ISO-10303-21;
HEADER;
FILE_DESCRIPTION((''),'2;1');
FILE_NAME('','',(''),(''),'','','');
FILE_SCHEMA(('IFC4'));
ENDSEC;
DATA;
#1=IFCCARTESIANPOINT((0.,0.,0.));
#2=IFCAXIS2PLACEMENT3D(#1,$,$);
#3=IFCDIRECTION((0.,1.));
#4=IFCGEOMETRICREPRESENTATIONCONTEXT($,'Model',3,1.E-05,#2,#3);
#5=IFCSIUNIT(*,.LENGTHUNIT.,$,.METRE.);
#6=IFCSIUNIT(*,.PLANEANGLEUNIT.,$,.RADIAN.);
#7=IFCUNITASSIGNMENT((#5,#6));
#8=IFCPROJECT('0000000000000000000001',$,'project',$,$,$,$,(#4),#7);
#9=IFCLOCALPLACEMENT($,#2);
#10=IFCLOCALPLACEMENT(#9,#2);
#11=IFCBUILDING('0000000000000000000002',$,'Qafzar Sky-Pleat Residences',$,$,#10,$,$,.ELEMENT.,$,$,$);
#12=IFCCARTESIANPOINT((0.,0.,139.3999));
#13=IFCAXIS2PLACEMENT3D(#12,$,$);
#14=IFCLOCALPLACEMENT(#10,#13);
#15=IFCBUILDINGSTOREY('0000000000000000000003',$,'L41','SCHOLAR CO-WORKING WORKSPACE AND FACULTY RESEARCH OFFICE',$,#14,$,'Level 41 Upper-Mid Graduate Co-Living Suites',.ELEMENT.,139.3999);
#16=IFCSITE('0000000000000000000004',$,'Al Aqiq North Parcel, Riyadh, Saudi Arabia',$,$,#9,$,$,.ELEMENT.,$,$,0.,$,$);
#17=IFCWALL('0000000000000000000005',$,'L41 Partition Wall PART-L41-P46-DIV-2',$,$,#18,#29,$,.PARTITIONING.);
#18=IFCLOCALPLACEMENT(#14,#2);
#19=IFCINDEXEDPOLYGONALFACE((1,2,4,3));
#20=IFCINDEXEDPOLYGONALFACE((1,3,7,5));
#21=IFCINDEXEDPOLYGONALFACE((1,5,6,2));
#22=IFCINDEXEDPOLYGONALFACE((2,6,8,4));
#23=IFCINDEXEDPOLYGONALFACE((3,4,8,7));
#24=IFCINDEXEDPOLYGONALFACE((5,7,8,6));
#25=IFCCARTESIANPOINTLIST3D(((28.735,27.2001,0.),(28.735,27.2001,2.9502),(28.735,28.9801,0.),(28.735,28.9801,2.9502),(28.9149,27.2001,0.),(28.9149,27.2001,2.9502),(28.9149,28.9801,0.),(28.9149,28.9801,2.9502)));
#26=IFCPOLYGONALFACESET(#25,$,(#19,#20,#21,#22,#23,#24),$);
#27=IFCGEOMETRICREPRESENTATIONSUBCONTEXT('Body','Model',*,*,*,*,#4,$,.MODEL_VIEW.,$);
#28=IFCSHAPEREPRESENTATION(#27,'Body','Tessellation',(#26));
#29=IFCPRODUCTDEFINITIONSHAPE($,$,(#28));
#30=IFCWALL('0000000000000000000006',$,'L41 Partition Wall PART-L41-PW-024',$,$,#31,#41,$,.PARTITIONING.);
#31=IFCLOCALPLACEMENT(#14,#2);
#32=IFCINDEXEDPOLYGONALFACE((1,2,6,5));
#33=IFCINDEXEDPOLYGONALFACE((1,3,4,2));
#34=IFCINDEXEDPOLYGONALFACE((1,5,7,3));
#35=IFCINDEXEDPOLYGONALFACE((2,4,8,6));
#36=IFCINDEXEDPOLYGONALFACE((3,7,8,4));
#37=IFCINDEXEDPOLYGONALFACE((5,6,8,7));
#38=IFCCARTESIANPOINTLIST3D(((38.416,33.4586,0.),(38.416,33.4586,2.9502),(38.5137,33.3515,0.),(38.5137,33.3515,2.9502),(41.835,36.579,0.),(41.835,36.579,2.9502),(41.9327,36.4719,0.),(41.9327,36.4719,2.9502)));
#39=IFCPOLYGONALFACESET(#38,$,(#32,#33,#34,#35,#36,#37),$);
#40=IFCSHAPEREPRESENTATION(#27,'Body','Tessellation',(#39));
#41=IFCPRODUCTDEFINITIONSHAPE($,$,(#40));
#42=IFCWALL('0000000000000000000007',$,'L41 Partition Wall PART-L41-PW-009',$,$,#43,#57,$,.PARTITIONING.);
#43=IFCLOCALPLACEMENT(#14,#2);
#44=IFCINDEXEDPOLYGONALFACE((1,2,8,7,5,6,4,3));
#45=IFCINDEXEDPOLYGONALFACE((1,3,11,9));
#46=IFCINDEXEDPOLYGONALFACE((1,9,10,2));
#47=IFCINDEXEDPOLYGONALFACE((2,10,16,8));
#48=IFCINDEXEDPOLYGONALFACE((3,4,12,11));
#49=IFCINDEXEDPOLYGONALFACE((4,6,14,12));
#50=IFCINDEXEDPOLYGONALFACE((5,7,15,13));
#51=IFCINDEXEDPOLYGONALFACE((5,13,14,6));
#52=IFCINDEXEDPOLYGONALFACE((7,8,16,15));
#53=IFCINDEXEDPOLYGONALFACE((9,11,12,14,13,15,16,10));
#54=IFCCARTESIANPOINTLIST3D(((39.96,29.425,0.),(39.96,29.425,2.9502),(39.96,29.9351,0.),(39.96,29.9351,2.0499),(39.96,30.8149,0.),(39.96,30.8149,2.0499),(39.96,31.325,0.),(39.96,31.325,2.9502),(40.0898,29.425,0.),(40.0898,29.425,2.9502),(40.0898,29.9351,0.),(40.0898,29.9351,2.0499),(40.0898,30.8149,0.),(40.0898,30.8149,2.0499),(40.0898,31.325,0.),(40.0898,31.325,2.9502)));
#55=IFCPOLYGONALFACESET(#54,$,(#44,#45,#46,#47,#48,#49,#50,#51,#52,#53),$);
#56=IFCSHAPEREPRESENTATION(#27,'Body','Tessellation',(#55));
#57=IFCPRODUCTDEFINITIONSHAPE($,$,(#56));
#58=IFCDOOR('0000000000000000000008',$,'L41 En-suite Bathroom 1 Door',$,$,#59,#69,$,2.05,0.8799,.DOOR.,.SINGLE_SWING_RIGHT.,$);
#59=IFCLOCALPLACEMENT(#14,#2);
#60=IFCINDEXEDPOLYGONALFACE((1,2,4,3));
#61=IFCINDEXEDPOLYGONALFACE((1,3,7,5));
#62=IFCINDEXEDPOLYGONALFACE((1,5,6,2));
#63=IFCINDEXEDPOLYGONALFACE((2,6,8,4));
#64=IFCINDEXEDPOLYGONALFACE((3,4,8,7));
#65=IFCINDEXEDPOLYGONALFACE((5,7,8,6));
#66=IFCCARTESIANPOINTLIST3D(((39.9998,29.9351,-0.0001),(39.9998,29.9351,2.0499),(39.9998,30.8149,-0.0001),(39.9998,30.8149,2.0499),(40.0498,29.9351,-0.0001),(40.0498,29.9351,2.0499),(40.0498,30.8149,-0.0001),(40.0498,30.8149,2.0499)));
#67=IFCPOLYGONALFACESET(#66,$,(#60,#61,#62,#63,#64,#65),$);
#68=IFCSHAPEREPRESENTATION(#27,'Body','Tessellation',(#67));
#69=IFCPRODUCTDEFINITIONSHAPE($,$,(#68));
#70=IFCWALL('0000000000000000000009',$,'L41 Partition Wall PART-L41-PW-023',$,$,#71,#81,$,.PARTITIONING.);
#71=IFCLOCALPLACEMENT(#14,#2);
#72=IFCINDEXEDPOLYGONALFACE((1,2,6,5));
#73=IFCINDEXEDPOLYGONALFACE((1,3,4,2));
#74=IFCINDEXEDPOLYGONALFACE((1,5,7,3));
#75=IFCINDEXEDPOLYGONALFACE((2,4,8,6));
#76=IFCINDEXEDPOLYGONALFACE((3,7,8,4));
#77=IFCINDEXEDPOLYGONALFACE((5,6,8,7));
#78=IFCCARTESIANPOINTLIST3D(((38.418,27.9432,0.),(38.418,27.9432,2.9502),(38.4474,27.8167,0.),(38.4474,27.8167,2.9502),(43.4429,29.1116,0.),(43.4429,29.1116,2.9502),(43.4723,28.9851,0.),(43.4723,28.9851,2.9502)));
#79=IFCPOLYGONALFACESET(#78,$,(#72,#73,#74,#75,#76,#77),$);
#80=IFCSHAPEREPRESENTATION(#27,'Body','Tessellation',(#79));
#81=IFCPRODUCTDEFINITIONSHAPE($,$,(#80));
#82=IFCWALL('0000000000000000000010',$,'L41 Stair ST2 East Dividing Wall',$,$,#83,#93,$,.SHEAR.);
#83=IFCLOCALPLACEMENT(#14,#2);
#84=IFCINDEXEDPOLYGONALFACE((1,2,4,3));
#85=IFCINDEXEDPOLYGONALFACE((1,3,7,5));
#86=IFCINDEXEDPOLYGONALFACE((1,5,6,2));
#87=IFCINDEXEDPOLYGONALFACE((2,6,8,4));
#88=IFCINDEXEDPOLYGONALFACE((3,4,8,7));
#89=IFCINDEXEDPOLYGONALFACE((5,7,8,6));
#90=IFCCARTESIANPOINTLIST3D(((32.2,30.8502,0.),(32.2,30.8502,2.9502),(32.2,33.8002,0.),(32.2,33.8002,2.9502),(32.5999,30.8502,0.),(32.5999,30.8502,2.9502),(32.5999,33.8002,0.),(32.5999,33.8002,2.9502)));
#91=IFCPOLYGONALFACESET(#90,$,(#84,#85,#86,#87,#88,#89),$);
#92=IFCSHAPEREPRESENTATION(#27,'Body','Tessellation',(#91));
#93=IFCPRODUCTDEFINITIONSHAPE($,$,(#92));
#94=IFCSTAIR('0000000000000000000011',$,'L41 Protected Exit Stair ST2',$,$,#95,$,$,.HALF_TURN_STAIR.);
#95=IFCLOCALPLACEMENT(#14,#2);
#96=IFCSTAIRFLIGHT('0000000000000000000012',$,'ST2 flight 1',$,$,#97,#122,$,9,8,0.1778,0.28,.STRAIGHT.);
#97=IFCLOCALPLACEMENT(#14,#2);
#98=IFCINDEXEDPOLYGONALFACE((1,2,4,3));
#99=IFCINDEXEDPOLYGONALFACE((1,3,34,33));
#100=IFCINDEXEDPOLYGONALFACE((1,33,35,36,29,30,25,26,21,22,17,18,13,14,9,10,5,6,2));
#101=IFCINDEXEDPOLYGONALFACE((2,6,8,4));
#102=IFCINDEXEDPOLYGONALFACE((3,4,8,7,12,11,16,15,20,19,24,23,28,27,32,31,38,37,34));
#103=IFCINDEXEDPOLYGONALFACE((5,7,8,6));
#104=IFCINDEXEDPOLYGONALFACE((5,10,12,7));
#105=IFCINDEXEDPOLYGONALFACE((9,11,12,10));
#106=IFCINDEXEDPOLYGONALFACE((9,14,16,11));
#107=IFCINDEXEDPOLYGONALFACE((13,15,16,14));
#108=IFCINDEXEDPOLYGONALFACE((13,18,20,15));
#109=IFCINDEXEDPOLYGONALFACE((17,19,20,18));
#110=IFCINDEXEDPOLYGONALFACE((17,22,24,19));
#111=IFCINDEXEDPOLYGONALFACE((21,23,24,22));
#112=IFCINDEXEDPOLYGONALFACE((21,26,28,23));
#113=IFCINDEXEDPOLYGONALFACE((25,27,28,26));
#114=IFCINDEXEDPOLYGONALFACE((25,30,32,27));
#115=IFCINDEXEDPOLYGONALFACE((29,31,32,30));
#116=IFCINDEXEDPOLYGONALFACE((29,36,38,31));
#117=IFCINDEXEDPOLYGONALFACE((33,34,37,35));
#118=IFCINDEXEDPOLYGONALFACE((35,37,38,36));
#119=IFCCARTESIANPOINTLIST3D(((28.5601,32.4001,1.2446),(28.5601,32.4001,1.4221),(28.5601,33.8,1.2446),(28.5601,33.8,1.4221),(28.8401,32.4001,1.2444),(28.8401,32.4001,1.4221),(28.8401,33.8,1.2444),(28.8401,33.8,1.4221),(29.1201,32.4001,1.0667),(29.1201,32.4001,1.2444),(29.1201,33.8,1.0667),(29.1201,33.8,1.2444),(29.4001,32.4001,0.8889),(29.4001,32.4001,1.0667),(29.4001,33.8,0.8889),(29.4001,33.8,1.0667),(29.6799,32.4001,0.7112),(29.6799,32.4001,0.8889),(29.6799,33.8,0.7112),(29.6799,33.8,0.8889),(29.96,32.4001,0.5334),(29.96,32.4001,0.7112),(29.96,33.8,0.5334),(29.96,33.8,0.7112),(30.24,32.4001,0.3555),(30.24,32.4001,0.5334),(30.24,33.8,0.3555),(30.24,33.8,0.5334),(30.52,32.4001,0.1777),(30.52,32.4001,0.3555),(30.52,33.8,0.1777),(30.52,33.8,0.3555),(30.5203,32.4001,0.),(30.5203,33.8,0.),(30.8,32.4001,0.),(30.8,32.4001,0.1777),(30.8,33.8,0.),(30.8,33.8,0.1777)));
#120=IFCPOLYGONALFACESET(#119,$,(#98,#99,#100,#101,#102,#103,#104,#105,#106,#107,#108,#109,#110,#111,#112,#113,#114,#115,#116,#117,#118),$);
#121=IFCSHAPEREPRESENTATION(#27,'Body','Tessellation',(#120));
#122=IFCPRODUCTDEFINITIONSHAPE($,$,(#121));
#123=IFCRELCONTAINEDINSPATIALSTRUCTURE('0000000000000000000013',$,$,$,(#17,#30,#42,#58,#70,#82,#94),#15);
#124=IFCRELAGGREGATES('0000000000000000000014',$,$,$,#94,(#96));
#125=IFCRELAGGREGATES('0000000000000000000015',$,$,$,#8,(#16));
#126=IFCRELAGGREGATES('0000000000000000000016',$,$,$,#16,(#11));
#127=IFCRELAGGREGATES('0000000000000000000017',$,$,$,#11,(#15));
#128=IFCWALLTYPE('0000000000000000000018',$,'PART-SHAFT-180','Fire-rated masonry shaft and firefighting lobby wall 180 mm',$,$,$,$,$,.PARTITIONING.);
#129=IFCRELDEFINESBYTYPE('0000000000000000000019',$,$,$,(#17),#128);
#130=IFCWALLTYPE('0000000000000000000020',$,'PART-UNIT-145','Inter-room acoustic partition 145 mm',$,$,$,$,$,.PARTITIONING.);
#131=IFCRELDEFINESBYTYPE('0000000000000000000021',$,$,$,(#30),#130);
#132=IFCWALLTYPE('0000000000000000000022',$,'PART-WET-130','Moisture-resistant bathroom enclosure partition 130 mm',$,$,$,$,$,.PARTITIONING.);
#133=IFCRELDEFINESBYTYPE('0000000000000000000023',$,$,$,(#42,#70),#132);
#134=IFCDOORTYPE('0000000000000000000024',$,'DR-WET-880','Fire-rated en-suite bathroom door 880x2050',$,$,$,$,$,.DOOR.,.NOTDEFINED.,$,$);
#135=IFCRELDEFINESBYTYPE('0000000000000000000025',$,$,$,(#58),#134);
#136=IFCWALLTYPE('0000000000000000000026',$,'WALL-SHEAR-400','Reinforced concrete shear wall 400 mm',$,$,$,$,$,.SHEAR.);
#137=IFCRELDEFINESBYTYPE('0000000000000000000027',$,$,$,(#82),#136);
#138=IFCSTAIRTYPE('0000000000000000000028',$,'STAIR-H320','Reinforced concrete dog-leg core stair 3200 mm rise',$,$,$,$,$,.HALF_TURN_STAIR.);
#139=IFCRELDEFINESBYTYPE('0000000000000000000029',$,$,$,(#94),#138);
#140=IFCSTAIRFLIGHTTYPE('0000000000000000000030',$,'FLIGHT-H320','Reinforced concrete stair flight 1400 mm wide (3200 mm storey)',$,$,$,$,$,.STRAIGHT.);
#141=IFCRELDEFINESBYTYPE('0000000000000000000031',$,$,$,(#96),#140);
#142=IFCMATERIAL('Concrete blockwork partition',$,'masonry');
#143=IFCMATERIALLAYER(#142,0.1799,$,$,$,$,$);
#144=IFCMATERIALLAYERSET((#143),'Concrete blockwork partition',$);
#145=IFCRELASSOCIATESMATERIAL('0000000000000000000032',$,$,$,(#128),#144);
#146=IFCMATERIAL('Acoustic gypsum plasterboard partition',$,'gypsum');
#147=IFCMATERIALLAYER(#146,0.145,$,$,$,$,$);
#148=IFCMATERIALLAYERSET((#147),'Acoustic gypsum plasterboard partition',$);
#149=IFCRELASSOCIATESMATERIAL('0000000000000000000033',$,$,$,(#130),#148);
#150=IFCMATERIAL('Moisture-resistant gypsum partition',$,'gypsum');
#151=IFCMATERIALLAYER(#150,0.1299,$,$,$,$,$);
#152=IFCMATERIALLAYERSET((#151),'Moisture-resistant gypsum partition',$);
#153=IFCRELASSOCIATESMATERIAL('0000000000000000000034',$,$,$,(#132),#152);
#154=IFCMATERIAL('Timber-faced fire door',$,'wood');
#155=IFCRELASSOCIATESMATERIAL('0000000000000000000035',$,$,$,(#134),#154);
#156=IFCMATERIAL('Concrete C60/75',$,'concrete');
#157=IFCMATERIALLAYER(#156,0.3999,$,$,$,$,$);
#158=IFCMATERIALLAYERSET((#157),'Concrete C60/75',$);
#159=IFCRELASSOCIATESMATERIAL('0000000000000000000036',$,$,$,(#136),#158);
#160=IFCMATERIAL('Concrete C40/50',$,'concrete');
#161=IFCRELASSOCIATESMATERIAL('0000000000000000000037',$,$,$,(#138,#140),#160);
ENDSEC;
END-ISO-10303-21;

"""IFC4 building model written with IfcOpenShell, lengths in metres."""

from ifc_helpers import new_model, si_unit, direction, frame, frame_2d, origin, place, context, subcontext, project, spatial, polyline, rectangle, outline, extrude, source, transform, mapped, material, layer, layer_set, type_object, element, fill, aggregate, save


model = new_model("IFC4")

# Units and contexts
model_context = context("Model", 3, precision=1e-05, world=origin(), true_north=direction((0.0, 1.0)))
body_context = subcontext(model_context, "Body", "Model", "MODEL_VIEW")
ifc_project = project(units=[si_unit("LENGTHUNIT", "METRE"), si_unit("PLANEANGLEUNIT", "RADIAN")], contexts=[model_context])

# Site, building, storey
site_placement = place(None, origin())
site = spatial("IfcSite", under=ifc_project, at=site_placement, Name="Al Aqiq North Parcel, Riyadh, Saudi Arabia", CompositionType="ELEMENT", RefElevation=0.0)
building_placement = place(site_placement, origin())
building = spatial("IfcBuilding", under=site, at=building_placement, Name="Qafzar Sky-Pleat Residences", CompositionType="ELEMENT")
storey_placement = place(building_placement, frame((0.0, 0.0, 139.3999)))
storey = spatial("IfcBuildingStorey", under=building, at=storey_placement, Name="L41", Description="SCHOLAR CO-WORKING WORKSPACE AND FACULTY RESEARCH OFFICE", LongName="Level 41 Upper-Mid Graduate Co-Living Suites", CompositionType="ELEMENT", Elevation=139.3999)

# Shared definitions
ifc_material_1 = material(Name="Acoustic gypsum plasterboard partition", Category="gypsum")
ifc_material_2 = material(Name="Timber-faced fire door", Category="wood")

# Shared definitions
ifc_material_3 = material(Name="Concrete blockwork partition", Category="masonry")
ifc_layer_1 = layer(ifc_material_3, 0.1799)
ifc_layer_set_1 = layer_set([ifc_layer_1], Name="Concrete blockwork partition")
wall_type_1 = type_object("IfcWallType", Name="PART-SHAFT-180", Description="Fire-rated masonry shaft and firefighting lobby wall 180 mm", PredefinedType="PARTITIONING", material=ifc_layer_set_1)

# Walls
wall_1_placement = place(storey_placement, frame((28.825, 27.2, 0.0), z_axis=(0.0, 0.0, 1.0), x_axis=(0.0, 1.0, 0.0)))
element("IfcWall", 1, at=wall_1_placement, inside=storey, type_object=wall_type_1, Name="L41 Partition Wall PART-L41-P46-DIV-2", PredefinedType="PARTITIONING", context=body_context, shape_type="SweptSolid", body=[
    extrude(rectangle(XDim=1.78, YDim=0.1799, at=frame_2d((0.8901, 0.0))), origin(), (0.0, 0.0, 1.0), 2.9502),
])
ifc_layer_2 = layer(ifc_material_1, 0.145)
ifc_layer_set_2 = layer_set([ifc_layer_2], Name="Acoustic gypsum plasterboard partition")
wall_type_2 = type_object("IfcWallType", Name="PART-UNIT-145", Description="Inter-room acoustic partition 145 mm", PredefinedType="PARTITIONING", material=ifc_layer_set_2)
wall_2_placement = place(storey_placement, frame((38.4648, 33.405, 0.0), z_axis=(0.0, 0.0, 1.0), x_axis=(0.738624, 0.674118, 0.0)))
element("IfcWall", 2, at=wall_2_placement, inside=storey, type_object=wall_type_2, Name="L41 Partition Wall PART-L41-PW-024", PredefinedType="PARTITIONING", context=body_context, shape_type="SweptSolid", body=[
    extrude(rectangle(XDim=4.6289, YDim=0.145, at=frame_2d((2.3145, 0.0))), origin(), (0.0, 0.0, 1.0), 2.9502),
])

# Wall, opening, door
ifc_material_4 = material(Name="Moisture-resistant gypsum partition", Category="gypsum")
ifc_layer_3 = layer(ifc_material_4, 0.1299)
ifc_layer_set_3 = layer_set([ifc_layer_3], Name="Moisture-resistant gypsum partition")
wall_type_3 = type_object("IfcWallType", Name="PART-WET-130", Description="Moisture-resistant bathroom enclosure partition 130 mm", PredefinedType="PARTITIONING", material=ifc_layer_set_3)
wall_3_placement = place(storey_placement, frame((40.0249, 31.325, 0.0), z_axis=(0.0, 0.0, 1.0), x_axis=(0.0, -1.0, 0.0)))
wall_3 = element("IfcWall", 3, at=wall_3_placement, inside=storey, type_object=wall_type_3, Name="L41 Partition Wall PART-L41-PW-009", PredefinedType="PARTITIONING", context=body_context, shape_type="SweptSolid", body=[
    extrude(rectangle(XDim=1.8999, YDim=0.1299, at=frame_2d((0.95, 0.0))), origin(), (0.0, 0.0, 1.0), 2.9502),
])
opening_1_placement = place(wall_3_placement, frame((0.51, 0.0, 0.0)))
opening_1 = element("IfcOpeningElement", 4, at=opening_1_placement, cuts=wall_3, PredefinedType="OPENING", context=body_context, shape_type="SweptSolid", body=[
    extrude(rectangle(XDim=0.8799, YDim=2.05, at=frame_2d((0.4399, 1.0249))), frame((0.0, 0.075, 0.0), z_axis=(0.0, -1.0, 0.0), x_axis=(1.0, 0.0, 0.0)), (0.0, 0.0, 1.0), 0.1499),
])
door_type_1 = type_object("IfcDoorType", Name="DR-WET-880", Description="Fire-rated en-suite bathroom door 880x2050", OperationType="NOTDEFINED", PredefinedType="DOOR", material=ifc_material_2)
shared_shape_1 = source(origin(), body_context, "Body", "SweptSolid", [
    extrude(rectangle(XDim=0.8799, YDim=2.05, at=frame_2d((0.4399, 1.0249))), frame((0.0, 0.0249, 0.0), z_axis=(0.0, -1.0, 0.0), x_axis=(1.0, 0.0, 0.0)), (0.0, 0.0, 1.0), 0.05),
])
door_1_placement = place(opening_1_placement, origin())
door_1 = element("IfcDoor", 5, at=door_1_placement, inside=storey, type_object=door_type_1, Name="L41 En-suite Bathroom 1 Door", OperationType="SINGLE_SWING_RIGHT", OverallHeight=2.05, OverallWidth=0.8799, PredefinedType="DOOR", context=body_context, shape_type="MappedRepresentation", body=[
    mapped(shared_shape_1, transform((0.0, 0.0, 0.0), x_axis=(1.0, 0.0, 0.0), y_axis=(0.0, 1.0, 0.0), z_axis=(0.0, 0.0, 1.0), scale=1.0)),
])
fill(opening_1, door_1)

# Walls
wall_4_placement = place(storey_placement, frame((38.4326, 27.8799, 0.0), z_axis=(0.0, 0.0, 1.0), x_axis=(0.974013, 0.226491, 0.0)))
element("IfcWall", 6, at=wall_4_placement, inside=storey, type_object=wall_type_3, Name="L41 Partition Wall PART-L41-PW-023", PredefinedType="PARTITIONING", context=body_context, shape_type="SweptSolid", body=[
    extrude(rectangle(XDim=5.1589, YDim=0.1299, at=frame_2d((2.5796, 0.0))), origin(), (0.0, 0.0, 1.0), 2.9502),
])
ifc_material_5 = material(Name="Concrete C60/75", Category="concrete")
ifc_layer_4 = layer(ifc_material_5, 0.3999)
ifc_layer_set_4 = layer_set([ifc_layer_4], Name="Concrete C60/75")
wall_type_4 = type_object("IfcWallType", Name="WALL-SHEAR-400", Description="Reinforced concrete shear wall 400 mm", PredefinedType="SHEAR", material=ifc_layer_set_4)
wall_5_placement = place(storey_placement, frame((32.3999, 30.8501, 0.0), z_axis=(0.0, 0.0, 1.0), x_axis=(0.0, 1.0, 0.0)))
element("IfcWall", 7, at=wall_5_placement, inside=storey, type_object=wall_type_4, Name="L41 Stair ST2 East Dividing Wall", PredefinedType="SHEAR", context=body_context, shape_type="SweptSolid", body=[
    extrude(rectangle(XDim=2.95, YDim=0.3999, at=frame_2d((1.4751, 0.0))), origin(), (0.0, 0.0, 1.0), 2.9502),
])

# Stair, stair flight
ifc_material_6 = material(Name="Concrete C40/50", Category="concrete")
stair_type = type_object("IfcStairType", Name="STAIR-H320", Description="Reinforced concrete dog-leg core stair 3200 mm rise", PredefinedType="HALF_TURN_STAIR", material=ifc_material_6)
stair_placement = place(storey_placement, origin())
stair = element("IfcStair", 8, at=stair_placement, inside=storey, type_object=stair_type, Name="L41 Protected Exit Stair ST2", PredefinedType="HALF_TURN_STAIR")
stair_flight_type = type_object("IfcStairFlightType", Name="FLIGHT-H320", Description="Reinforced concrete stair flight 1400 mm wide (3200 mm storey)", PredefinedType="STRAIGHT", material=ifc_material_6)
shared_shape_2 = source(origin(), body_context, "Body", "SweptSolid", [
    extrude(outline(polyline([(0.0, 0.0), (0.0, 0.1777), (0.28, 0.1777), (0.28, 0.3555), (0.5601, 0.3555), (0.5601, 0.5334), (0.8401, 0.5334), (0.8401, 0.7112), (1.1201, 0.7112), (1.1201, 0.8889), (1.3999, 0.8889), (1.3999, 1.0667), (1.6799, 1.0667), (1.6799, 1.2444), (1.96, 1.2444), (1.96, 1.4221), (2.24, 1.4221), (2.24, 1.6001), (2.24, 1.2446), (0.2798, 0.0), (0.0, 0.0)])), frame((0.0, 0.7, 0.0), z_axis=(0.0, -1.0, 0.0), x_axis=(1.0, 0.0, 0.0)), (0.0, 0.0, 1.0), 1.3999),
])
stair_flight_placement = place(storey_placement, frame((30.8, 33.1001, 0.0), z_axis=(0.0, 0.0, 1.0), x_axis=(-1.0, 0.0, 0.0)))
stair_flight = element("IfcStairFlight", 9, at=stair_flight_placement, type_object=stair_flight_type, Name="ST2 flight 1", NumberOfRisers=9, NumberOfTreads=8, PredefinedType="STRAIGHT", RiserHeight=0.1778, TreadLength=0.28, context=body_context, shape_type="MappedRepresentation", body=[
    mapped(shared_shape_2, transform((0.0, 0.0, 0.0), x_axis=(1.0, 0.0, 0.0), y_axis=(0.0, 1.0, 0.0), z_axis=(0.0, 0.0, 1.0), scale=1.0)),
])
aggregate(stair, [stair_flight])

save(model, "model.ifc")
